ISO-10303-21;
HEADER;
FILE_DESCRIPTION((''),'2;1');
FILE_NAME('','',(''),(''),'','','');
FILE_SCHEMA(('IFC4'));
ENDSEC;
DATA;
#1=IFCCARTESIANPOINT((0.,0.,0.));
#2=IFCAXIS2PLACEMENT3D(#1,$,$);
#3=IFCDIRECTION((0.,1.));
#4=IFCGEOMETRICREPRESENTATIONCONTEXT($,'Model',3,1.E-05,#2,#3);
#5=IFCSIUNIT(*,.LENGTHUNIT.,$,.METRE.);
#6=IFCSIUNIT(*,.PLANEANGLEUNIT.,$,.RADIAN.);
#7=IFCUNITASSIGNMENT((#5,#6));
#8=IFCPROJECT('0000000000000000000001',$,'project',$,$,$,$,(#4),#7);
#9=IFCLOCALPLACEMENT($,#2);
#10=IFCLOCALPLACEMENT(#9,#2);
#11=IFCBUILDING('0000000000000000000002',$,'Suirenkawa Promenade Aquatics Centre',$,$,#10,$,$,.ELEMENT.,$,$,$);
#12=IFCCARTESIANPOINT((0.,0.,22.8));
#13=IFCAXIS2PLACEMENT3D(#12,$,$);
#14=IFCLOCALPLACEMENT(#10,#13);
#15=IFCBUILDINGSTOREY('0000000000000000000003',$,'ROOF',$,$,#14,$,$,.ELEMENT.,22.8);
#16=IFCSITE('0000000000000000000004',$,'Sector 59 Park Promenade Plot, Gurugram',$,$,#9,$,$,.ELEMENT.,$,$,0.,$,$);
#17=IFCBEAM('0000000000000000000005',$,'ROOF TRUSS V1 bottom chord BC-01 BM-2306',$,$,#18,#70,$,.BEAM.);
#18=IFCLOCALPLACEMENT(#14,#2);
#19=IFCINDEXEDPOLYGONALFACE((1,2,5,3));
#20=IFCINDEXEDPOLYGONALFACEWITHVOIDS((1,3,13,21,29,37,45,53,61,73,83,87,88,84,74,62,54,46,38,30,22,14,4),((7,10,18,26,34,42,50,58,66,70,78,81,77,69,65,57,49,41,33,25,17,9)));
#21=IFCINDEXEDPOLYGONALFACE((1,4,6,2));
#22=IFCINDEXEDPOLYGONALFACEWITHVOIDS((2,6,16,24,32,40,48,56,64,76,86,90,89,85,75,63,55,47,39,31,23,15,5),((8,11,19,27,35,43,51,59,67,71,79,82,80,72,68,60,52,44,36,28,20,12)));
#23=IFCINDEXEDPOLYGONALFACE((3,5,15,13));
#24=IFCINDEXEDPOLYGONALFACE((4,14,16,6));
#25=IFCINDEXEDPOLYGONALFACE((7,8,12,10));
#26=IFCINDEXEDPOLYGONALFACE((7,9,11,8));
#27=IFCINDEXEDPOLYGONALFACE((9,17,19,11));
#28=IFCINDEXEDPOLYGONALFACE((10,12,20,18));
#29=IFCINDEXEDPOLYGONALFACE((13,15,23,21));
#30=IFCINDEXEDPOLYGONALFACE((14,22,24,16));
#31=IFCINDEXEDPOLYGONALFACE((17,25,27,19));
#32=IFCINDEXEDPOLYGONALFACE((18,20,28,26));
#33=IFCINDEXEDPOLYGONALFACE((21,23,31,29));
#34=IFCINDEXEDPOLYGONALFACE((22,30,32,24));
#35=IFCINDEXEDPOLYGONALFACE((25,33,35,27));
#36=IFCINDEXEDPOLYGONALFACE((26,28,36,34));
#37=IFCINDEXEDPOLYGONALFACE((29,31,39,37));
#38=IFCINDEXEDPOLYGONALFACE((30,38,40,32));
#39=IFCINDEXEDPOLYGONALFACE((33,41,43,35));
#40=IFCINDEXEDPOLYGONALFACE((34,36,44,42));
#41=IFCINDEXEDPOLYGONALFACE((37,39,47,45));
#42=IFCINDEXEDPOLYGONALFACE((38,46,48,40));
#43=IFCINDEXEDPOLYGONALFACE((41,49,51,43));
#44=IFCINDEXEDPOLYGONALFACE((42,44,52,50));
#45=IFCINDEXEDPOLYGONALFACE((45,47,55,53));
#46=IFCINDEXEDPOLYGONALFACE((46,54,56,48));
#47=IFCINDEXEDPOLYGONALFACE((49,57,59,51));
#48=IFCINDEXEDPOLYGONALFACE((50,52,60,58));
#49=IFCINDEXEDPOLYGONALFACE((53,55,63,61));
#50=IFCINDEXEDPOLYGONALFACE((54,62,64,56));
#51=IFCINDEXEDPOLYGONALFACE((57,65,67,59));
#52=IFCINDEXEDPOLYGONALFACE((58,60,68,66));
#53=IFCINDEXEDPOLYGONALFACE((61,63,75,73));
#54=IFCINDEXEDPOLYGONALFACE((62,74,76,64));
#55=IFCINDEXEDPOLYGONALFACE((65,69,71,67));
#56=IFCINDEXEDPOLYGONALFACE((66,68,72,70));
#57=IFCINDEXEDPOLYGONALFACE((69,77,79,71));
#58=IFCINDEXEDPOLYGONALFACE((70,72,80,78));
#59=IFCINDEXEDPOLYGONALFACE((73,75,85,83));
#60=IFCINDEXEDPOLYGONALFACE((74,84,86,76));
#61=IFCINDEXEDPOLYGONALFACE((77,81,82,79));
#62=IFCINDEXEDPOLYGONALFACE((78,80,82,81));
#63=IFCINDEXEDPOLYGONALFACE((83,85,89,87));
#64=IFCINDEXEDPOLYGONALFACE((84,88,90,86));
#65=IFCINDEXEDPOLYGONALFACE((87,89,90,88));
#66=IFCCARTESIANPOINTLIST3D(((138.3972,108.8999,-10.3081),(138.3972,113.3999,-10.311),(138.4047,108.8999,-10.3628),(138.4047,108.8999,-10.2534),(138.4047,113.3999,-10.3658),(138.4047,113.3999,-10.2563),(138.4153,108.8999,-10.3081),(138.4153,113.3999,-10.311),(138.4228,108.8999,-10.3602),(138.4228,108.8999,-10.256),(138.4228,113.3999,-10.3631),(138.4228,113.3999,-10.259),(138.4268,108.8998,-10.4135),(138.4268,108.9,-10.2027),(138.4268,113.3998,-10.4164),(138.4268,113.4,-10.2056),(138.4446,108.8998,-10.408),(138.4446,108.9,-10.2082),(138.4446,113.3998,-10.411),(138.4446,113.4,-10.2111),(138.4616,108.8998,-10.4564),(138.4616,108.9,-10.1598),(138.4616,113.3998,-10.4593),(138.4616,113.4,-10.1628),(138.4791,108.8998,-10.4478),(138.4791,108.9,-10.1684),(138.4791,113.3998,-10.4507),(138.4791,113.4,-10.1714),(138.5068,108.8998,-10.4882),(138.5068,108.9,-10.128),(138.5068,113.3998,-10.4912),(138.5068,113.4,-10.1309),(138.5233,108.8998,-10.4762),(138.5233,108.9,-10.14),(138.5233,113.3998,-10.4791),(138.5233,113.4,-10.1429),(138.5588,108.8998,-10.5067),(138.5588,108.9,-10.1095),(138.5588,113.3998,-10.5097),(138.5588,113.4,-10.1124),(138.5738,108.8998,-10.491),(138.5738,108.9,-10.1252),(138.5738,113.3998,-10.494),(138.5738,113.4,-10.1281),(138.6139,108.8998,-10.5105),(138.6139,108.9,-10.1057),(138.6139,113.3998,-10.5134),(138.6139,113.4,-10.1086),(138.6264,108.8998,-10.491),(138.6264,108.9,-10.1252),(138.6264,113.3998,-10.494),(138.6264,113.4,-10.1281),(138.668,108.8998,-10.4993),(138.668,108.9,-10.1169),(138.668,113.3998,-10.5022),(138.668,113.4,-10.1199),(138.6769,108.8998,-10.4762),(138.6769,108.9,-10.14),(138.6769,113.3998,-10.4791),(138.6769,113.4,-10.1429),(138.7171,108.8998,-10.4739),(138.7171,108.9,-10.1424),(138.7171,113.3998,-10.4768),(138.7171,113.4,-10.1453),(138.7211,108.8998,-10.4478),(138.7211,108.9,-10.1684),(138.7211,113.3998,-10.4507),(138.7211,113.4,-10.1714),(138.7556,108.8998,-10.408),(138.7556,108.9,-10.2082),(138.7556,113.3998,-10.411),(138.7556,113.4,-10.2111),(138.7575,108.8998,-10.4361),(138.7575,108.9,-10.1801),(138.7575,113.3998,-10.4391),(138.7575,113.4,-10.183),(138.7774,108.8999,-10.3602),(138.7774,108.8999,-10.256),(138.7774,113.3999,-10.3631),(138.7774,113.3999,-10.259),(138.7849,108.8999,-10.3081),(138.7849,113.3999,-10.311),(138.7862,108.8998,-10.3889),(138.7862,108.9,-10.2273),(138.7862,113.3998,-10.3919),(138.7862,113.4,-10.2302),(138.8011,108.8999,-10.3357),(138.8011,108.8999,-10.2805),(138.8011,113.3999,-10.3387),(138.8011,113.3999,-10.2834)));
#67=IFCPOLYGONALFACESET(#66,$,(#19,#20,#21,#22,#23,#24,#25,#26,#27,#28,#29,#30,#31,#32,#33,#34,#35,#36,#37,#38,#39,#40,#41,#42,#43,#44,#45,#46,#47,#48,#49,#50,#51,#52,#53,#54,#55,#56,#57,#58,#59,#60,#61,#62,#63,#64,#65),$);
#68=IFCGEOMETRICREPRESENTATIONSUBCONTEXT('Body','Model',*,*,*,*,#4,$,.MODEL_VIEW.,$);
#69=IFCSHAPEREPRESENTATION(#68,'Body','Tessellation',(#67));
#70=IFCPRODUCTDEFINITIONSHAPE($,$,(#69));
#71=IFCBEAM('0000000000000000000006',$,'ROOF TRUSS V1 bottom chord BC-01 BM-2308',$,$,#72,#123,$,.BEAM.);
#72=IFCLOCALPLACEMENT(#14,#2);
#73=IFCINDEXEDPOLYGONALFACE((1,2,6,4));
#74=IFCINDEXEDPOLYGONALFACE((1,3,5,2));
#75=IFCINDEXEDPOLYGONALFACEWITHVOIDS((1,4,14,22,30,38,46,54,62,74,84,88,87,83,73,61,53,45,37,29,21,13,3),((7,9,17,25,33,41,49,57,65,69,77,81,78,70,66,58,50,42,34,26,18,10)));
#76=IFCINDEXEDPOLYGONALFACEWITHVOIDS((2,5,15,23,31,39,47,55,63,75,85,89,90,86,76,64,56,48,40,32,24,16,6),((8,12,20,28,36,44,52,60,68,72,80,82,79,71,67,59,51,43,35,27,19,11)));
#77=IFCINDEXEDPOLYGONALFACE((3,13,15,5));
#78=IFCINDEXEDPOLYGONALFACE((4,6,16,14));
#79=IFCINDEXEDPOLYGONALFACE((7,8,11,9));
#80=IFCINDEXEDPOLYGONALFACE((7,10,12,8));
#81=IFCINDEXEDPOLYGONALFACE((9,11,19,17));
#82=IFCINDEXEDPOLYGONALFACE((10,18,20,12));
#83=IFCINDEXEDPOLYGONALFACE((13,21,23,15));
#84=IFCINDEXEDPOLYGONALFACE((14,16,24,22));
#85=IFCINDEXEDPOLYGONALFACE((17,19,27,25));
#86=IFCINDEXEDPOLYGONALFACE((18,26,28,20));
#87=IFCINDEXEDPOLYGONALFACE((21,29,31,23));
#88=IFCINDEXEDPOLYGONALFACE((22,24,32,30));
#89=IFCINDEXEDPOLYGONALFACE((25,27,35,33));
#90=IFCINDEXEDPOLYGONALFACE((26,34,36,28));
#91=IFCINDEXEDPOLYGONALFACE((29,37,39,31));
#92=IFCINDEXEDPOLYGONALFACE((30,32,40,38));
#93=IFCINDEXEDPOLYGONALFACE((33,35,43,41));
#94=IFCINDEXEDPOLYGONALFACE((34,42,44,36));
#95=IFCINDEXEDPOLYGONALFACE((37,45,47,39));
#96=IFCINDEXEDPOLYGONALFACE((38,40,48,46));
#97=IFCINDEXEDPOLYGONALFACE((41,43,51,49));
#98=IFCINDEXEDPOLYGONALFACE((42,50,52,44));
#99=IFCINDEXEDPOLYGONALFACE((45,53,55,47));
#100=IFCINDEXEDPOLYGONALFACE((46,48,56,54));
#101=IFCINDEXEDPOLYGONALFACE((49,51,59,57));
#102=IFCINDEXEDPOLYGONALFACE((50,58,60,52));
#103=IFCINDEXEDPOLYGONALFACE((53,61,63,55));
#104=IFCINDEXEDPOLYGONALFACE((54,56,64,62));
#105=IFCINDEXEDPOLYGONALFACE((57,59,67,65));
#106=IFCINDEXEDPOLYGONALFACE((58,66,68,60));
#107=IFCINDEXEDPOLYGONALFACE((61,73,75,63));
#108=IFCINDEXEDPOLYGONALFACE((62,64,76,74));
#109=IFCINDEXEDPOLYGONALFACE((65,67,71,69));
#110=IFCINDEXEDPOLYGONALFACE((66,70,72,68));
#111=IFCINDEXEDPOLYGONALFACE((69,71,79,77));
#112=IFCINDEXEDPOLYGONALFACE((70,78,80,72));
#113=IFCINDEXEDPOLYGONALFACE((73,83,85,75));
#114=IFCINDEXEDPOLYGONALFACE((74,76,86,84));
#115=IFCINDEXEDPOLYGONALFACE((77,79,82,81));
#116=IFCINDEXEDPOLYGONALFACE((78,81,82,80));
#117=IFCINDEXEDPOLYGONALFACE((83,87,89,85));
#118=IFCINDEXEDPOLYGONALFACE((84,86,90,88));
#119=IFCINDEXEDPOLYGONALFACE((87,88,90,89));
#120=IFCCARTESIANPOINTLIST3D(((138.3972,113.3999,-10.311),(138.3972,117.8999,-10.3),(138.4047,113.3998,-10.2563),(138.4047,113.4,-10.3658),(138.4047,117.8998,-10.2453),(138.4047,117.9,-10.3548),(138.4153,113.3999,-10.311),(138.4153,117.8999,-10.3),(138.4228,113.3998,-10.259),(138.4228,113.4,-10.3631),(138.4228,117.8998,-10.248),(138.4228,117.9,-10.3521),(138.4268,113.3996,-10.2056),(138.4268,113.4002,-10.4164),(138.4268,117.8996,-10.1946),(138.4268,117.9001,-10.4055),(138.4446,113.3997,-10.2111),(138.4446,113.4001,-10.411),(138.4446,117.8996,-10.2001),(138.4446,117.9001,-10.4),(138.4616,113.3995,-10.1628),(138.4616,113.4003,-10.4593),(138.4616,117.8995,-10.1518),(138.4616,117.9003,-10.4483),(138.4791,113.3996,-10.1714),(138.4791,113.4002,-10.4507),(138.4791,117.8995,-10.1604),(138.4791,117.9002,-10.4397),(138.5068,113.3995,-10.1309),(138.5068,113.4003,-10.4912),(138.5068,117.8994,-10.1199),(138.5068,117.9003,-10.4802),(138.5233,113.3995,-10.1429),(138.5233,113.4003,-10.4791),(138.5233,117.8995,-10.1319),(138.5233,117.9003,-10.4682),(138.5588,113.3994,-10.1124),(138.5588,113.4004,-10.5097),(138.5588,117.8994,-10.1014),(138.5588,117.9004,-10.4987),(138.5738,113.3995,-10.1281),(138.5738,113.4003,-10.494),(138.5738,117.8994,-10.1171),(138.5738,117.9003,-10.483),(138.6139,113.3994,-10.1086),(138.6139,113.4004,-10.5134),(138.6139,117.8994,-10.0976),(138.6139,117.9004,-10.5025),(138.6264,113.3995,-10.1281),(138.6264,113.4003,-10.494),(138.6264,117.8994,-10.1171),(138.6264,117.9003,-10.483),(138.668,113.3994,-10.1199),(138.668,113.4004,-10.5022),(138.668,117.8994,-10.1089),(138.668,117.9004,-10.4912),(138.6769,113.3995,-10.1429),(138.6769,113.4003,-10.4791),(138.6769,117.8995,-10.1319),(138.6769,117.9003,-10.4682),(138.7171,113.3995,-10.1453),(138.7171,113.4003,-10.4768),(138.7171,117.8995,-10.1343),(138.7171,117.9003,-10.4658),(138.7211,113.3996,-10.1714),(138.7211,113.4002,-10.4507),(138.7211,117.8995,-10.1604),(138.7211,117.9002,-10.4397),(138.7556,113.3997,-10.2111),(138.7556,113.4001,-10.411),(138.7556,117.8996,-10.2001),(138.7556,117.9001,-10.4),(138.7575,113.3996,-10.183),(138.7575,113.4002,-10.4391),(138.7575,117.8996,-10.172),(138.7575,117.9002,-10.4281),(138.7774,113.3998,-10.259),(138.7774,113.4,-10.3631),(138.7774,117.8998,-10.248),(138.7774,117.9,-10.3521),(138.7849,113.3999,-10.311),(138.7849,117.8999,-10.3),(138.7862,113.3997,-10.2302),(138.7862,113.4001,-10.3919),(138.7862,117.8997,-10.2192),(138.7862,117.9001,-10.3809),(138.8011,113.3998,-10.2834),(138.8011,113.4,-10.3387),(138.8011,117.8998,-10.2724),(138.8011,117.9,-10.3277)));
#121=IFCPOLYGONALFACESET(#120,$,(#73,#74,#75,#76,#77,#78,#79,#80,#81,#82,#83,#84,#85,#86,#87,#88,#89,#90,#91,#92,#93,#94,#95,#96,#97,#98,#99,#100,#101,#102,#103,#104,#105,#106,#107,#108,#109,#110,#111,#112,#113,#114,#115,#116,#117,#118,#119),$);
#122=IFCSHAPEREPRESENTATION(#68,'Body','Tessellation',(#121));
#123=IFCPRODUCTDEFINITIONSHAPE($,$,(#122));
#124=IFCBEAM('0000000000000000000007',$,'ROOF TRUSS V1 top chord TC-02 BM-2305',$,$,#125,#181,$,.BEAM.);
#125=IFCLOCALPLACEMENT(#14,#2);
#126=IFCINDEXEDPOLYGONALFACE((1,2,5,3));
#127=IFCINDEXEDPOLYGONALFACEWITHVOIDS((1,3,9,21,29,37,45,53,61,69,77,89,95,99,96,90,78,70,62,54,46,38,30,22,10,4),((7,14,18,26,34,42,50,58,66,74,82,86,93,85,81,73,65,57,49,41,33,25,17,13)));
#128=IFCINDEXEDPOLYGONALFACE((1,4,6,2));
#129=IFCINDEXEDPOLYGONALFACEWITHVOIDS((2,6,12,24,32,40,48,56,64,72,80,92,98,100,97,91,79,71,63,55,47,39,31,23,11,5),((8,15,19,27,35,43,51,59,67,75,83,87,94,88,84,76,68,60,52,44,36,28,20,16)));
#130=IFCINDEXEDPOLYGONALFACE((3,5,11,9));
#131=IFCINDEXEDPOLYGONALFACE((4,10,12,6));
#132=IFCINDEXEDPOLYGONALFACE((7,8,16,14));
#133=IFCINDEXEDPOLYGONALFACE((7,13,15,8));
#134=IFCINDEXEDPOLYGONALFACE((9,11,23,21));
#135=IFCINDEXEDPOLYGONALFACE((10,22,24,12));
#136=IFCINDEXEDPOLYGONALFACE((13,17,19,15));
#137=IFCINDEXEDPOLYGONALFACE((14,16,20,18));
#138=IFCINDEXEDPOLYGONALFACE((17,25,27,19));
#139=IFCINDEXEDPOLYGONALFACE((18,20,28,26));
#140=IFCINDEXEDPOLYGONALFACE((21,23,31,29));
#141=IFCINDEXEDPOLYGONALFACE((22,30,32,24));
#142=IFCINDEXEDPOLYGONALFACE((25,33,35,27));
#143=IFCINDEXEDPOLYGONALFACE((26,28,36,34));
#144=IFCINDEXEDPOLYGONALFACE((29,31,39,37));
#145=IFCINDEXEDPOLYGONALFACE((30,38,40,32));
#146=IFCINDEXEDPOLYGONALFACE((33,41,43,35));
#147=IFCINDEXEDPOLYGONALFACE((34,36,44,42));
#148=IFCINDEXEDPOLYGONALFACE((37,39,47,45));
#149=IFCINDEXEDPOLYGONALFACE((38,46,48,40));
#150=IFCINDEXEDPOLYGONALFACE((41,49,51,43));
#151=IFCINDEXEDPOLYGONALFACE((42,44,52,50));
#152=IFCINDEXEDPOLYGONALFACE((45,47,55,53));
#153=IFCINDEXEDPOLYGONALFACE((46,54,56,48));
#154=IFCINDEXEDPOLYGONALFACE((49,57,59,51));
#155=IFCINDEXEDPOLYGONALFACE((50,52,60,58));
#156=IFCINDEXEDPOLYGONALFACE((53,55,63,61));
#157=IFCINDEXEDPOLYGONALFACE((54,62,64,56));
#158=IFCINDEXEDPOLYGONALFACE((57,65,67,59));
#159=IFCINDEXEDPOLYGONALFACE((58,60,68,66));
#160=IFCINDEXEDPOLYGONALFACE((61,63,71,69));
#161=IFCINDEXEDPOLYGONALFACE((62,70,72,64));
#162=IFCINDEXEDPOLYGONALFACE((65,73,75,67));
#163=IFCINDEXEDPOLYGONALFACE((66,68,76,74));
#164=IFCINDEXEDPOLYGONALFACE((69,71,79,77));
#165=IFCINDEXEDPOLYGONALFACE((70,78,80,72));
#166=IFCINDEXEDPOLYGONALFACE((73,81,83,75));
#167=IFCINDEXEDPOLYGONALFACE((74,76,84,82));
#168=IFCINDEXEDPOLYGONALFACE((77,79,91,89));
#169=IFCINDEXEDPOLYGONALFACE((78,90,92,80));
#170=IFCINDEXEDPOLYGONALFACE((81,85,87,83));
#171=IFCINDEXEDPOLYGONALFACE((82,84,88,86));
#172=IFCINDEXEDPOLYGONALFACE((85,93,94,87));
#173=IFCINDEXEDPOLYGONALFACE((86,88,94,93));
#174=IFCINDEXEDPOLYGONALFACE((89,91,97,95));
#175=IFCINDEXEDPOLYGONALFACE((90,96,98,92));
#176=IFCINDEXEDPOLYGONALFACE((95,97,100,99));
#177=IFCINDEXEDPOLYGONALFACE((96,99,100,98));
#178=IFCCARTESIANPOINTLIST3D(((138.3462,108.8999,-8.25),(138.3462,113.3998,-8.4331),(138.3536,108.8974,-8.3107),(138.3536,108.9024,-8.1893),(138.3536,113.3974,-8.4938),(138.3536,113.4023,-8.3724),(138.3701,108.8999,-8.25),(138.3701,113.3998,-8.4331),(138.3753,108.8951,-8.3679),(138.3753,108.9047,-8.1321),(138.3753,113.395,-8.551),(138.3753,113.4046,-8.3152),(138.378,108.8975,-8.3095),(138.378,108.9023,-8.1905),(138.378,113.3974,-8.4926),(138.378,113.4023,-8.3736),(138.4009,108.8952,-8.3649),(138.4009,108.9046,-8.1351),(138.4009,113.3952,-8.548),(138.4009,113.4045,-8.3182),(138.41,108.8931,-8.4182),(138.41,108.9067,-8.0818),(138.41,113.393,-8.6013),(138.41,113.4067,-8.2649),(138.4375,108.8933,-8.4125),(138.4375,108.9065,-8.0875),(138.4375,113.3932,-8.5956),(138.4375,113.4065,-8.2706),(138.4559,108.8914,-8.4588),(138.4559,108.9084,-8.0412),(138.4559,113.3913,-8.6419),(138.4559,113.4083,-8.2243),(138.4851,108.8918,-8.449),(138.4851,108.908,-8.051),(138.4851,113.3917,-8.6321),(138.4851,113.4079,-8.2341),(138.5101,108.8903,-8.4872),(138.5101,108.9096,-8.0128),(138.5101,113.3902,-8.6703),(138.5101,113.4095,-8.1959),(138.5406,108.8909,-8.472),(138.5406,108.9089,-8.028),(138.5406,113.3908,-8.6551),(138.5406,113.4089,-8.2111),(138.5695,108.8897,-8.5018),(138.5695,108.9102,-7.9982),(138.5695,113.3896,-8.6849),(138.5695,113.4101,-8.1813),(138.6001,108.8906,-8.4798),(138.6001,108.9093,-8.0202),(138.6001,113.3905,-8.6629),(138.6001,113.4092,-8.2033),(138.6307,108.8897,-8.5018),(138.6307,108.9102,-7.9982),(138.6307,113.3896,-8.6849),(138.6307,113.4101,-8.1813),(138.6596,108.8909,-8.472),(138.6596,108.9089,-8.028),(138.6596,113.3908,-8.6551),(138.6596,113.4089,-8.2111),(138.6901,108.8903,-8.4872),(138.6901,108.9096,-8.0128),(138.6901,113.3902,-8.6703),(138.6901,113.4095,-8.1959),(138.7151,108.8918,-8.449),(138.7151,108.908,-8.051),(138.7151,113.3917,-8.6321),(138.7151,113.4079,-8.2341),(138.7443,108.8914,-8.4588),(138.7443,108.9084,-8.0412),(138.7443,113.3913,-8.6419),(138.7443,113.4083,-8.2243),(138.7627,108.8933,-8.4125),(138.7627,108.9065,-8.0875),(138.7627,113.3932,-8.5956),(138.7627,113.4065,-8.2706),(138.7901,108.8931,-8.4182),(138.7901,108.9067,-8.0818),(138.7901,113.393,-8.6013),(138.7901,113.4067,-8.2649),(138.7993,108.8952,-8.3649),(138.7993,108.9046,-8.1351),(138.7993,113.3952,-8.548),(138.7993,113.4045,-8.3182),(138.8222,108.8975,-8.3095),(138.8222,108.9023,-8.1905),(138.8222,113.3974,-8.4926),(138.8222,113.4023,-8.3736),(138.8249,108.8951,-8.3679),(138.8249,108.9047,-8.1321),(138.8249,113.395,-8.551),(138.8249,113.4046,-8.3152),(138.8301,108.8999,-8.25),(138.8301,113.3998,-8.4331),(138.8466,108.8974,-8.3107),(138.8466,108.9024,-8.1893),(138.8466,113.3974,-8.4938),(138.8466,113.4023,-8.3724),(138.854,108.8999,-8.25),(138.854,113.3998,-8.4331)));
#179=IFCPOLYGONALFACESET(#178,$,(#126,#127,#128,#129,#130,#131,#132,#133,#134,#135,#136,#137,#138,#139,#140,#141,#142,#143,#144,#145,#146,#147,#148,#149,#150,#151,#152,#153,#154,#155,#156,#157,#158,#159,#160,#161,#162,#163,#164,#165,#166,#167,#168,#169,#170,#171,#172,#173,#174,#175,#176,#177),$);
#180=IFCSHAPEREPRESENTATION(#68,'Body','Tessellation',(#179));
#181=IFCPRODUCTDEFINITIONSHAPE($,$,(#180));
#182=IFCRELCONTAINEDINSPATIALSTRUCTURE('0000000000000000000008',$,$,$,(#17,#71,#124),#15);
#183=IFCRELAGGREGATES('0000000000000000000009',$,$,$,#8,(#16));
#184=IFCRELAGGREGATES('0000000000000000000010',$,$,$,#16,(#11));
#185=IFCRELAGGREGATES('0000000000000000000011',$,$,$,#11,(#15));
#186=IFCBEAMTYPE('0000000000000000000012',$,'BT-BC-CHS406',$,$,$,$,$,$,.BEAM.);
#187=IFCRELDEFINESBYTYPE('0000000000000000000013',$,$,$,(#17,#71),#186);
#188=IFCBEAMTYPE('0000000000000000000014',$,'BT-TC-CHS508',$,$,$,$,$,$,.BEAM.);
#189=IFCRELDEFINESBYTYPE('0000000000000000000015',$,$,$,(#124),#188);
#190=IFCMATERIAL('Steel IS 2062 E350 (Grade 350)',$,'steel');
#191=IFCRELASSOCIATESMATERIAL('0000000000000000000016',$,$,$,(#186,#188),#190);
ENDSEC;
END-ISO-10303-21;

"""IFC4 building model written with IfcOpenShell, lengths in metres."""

from ifc_helpers import new_model, si_unit, direction, frame, origin, origin_2d, place, context, subcontext, project, spatial, hollow_circle, extrude, material, material_profile, profile_set, type_object, element, save


model = new_model("IFC4")

# Units and contexts
model_context = context("Model", 3, precision=1e-05, world=origin(), true_north=direction((0.0, 1.0)))
body_context = subcontext(model_context, "Body", "Model", "MODEL_VIEW")
ifc_project = project(units=[si_unit("LENGTHUNIT", "METRE"), si_unit("PLANEANGLEUNIT", "RADIAN")], contexts=[model_context])

# Site, building, storey
site_placement = place(None, origin())
site = spatial("IfcSite", under=ifc_project, at=site_placement, Name="Sector 59 Park Promenade Plot, Gurugram", CompositionType="ELEMENT", RefElevation=0.0)
building_placement = place(site_placement, origin())
building = spatial("IfcBuilding", under=site, at=building_placement, Name="Suirenkawa Promenade Aquatics Centre", CompositionType="ELEMENT")
storey_placement = place(building_placement, frame((0.0, 0.0, 22.8)))
storey = spatial("IfcBuildingStorey", under=building, at=storey_placement, Name="ROOF", CompositionType="ELEMENT", Elevation=22.8)

# Beams
ifc_material = material(Name="Steel IS 2062 E350 (Grade 350)", Category="steel")
ifc_material_profile_1 = material_profile(ifc_material, hollow_circle(Radius=0.2029, WallThickness=0.0181, at=origin_2d()), Name="CHS 406x18", Category="steel")
ifc_profile_set_1 = profile_set([ifc_material_profile_1], Name="Steel IS 2062 E350 (Grade 350)")
beam_type_1 = type_object("IfcBeamType", Name="BT-BC-CHS406", PredefinedType="BEAM", material=ifc_profile_set_1)
for number, where, z_axis, x_axis, name in (
    (1, (138.6001, 108.8999, -10.3081), (0.0, 1.0, -0.000651), (-1.0, 0.0, 0.0), "ROOF TRUSS V1 bottom chord BC-01 BM-2306"),
    (2, (138.6001, 113.3999, -10.311), (0.0, 0.999997, 0.002441), (-1.0, 0.0, 0.0), "ROOF TRUSS V1 bottom chord BC-01 BM-2308"),
):
    element("IfcBeam", number, at=place(storey_placement, frame(where, z_axis=z_axis, x_axis=x_axis)), inside=storey, type_object=beam_type_1, Name=name, PredefinedType="BEAM", context=body_context, shape_type="SweptSolid", body=[
        extrude(hollow_circle(Radius=0.2029, WallThickness=0.0181, at=origin_2d()), origin(), (0.0, 0.0, 1.0), 4.5),
    ])
ifc_material_profile_2 = material_profile(ifc_material, hollow_circle(Radius=0.2539, WallThickness=0.0239, at=origin_2d()), Name="CHS 508x24", Category="steel")
ifc_profile_set_2 = profile_set([ifc_material_profile_2], Name="Steel IS 2062 E350 (Grade 350)")
beam_type_2 = type_object("IfcBeamType", Name="BT-TC-CHS508", PredefinedType="BEAM", material=ifc_profile_set_2)
for number, where, z_axis, x_axis, name in (
    (3, (138.6001, 108.8999, -8.25), (0.0, 0.999173, -0.040656), (-1.0, 0.0, 0.0), "ROOF TRUSS V1 top chord TC-02 BM-2305"),
):
    element("IfcBeam", number, at=place(storey_placement, frame(where, z_axis=z_axis, x_axis=x_axis)), inside=storey, type_object=beam_type_2, Name=name, PredefinedType="BEAM", context=body_context, shape_type="SweptSolid", body=[
        extrude(hollow_circle(Radius=0.2539, WallThickness=0.0239, at=origin_2d()), origin(), (0.0, 0.0, 1.0), 4.5037),
    ])

save(model, "model.ifc")
